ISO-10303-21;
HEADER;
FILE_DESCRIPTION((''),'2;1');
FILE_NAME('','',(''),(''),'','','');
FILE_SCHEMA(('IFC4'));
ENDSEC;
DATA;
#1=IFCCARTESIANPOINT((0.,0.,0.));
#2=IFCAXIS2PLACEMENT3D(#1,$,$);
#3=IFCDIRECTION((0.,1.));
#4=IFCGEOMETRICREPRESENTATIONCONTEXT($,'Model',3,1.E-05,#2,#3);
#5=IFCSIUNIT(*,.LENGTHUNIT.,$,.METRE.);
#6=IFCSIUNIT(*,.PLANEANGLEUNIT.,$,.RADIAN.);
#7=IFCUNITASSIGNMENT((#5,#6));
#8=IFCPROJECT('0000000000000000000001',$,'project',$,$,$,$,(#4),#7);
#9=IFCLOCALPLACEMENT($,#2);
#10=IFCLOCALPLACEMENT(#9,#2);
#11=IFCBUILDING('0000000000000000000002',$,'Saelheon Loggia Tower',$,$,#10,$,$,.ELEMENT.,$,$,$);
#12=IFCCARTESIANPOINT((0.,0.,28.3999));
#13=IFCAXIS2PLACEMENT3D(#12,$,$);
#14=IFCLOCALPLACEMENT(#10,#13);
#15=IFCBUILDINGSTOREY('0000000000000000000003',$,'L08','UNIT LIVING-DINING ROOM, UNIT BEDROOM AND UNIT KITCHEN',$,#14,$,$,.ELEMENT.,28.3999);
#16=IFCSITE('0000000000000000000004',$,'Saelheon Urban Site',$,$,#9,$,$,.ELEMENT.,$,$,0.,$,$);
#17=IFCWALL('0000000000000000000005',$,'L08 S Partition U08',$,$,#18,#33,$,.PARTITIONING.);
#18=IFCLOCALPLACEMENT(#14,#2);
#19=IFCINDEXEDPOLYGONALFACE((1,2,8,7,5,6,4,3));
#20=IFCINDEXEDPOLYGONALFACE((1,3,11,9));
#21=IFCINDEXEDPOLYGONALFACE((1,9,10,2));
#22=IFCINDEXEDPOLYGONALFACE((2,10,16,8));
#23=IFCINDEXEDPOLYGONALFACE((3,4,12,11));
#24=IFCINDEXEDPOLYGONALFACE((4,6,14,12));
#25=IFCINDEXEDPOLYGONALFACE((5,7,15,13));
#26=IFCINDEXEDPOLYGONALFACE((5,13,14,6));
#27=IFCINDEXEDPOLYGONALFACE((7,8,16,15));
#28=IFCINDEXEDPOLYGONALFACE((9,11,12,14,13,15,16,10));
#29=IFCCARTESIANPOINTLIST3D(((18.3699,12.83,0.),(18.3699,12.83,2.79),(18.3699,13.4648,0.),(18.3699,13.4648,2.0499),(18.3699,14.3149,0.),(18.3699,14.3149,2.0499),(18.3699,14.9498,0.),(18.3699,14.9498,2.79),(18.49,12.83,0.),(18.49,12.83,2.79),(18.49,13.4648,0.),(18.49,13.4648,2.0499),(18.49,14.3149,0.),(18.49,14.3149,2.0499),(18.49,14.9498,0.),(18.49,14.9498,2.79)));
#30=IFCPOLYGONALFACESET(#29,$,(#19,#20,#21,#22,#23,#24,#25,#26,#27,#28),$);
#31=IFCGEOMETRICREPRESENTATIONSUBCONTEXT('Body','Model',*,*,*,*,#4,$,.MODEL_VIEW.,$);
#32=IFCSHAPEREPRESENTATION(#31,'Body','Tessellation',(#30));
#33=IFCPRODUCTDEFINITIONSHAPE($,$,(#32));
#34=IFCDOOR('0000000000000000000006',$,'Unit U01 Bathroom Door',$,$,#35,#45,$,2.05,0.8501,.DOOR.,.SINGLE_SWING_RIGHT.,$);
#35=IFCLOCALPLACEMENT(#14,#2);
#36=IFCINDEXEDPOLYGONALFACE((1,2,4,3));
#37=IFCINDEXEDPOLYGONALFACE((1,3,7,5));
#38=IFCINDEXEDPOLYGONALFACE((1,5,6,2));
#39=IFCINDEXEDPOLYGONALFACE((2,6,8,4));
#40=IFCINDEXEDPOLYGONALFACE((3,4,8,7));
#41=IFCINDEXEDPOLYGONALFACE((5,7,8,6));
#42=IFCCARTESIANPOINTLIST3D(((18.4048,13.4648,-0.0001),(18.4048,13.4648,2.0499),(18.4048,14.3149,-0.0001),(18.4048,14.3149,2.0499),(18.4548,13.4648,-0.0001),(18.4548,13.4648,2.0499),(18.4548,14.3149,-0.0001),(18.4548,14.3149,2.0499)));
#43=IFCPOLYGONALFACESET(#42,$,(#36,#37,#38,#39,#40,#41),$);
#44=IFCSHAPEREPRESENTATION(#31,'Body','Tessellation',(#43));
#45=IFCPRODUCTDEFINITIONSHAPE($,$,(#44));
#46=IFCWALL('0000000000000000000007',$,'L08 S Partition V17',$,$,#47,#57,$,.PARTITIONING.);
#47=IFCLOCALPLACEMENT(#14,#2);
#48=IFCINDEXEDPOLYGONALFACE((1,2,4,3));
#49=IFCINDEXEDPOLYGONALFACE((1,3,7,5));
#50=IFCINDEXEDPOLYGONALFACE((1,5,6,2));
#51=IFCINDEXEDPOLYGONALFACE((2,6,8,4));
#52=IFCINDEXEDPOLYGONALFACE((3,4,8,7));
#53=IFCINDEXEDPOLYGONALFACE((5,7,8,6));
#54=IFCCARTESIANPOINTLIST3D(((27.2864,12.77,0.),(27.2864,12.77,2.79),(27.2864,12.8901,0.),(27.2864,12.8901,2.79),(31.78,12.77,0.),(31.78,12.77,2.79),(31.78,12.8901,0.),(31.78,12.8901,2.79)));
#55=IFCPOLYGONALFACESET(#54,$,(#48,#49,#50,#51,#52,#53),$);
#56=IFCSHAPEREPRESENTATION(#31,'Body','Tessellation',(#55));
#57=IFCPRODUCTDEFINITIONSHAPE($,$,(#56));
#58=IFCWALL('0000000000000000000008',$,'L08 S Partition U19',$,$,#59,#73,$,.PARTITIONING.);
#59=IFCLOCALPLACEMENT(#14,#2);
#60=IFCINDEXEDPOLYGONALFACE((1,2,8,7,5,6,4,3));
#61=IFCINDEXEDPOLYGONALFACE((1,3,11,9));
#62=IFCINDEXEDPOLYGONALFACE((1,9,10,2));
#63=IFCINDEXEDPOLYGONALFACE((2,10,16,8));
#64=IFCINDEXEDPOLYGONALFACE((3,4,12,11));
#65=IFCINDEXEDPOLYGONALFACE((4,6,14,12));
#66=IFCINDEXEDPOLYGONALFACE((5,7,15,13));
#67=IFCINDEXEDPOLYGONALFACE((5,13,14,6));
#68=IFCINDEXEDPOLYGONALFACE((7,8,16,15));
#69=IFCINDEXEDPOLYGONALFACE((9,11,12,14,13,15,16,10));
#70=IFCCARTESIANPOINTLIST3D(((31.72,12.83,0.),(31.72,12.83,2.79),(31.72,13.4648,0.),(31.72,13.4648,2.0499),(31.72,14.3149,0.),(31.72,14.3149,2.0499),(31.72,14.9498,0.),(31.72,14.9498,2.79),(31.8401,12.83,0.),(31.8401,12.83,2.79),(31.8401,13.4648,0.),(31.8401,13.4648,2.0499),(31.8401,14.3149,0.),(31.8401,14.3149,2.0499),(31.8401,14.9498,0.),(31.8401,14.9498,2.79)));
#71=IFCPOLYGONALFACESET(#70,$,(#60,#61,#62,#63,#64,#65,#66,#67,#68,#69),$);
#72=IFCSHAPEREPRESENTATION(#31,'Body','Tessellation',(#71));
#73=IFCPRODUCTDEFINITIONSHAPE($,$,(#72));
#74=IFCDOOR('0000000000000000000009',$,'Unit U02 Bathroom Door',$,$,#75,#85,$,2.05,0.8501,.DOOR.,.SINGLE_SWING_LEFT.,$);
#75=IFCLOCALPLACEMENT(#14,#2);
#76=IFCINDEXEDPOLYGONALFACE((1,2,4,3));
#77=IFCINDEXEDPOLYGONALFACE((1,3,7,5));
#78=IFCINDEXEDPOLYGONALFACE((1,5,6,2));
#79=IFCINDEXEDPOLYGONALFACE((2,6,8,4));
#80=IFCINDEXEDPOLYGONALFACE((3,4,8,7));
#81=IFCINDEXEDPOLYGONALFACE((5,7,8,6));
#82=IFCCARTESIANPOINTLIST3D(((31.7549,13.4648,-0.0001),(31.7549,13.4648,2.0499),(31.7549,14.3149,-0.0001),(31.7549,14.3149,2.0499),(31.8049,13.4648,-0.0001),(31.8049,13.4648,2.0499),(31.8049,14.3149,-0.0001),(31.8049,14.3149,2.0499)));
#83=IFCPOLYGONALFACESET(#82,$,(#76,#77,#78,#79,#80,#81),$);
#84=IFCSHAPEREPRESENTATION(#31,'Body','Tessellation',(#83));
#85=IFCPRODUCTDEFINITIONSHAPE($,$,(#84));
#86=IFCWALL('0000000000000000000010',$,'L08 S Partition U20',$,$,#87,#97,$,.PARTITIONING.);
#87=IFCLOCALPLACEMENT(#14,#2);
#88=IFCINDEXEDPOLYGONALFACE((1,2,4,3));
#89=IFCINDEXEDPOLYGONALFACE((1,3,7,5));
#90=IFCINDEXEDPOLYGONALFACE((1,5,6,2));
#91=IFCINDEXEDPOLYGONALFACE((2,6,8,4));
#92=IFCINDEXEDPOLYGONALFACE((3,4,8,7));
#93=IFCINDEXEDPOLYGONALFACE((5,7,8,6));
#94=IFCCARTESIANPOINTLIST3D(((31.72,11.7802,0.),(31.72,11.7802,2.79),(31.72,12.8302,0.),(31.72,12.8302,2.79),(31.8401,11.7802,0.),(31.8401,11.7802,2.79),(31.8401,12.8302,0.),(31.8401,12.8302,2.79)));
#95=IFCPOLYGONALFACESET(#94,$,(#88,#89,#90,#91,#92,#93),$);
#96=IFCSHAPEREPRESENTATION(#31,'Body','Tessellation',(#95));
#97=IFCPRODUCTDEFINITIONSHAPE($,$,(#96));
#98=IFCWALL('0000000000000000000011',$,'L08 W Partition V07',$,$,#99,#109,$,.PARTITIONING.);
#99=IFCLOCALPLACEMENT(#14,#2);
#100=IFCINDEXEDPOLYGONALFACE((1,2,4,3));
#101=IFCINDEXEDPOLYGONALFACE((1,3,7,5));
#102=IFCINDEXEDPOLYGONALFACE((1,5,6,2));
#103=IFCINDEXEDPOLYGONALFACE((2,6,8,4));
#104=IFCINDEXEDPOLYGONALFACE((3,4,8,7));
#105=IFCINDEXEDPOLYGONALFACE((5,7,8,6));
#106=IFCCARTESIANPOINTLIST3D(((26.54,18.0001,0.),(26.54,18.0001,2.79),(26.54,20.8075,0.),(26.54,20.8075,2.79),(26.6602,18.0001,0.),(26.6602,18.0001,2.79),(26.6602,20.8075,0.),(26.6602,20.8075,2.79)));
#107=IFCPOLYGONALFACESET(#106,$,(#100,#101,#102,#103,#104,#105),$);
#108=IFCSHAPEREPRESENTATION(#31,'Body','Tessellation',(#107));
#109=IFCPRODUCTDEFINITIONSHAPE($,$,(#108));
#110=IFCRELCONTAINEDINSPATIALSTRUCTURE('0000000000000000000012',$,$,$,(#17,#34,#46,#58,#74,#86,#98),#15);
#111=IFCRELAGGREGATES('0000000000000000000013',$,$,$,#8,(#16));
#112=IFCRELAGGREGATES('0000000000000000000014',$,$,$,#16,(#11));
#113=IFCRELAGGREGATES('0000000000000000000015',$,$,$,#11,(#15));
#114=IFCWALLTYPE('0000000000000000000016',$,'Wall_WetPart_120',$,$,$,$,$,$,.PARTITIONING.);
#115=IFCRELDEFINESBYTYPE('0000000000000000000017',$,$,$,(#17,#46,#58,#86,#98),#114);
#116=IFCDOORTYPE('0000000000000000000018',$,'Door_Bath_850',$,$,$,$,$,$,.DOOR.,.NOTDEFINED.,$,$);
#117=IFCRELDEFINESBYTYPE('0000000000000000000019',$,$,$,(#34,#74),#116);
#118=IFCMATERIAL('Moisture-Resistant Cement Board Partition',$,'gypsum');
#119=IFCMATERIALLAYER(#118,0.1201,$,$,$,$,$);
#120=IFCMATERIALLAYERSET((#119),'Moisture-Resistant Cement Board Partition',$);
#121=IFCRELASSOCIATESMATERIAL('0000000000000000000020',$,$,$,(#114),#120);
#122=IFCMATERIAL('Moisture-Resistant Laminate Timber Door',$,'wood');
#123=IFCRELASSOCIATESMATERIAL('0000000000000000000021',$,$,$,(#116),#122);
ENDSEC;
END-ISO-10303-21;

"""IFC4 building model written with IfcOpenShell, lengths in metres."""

from ifc_helpers import new_model, si_unit, direction, frame, frame_2d, origin, place, context, subcontext, project, spatial, rectangle, extrude, source, transform, mapped, material, layer, layer_set, type_object, element, fill, save


model = new_model("IFC4")

# Units and contexts
model_context = context("Model", 3, precision=1e-05, world=origin(), true_north=direction((0.0, 1.0)))
body_context = subcontext(model_context, "Body", "Model", "MODEL_VIEW")
ifc_project = project(units=[si_unit("LENGTHUNIT", "METRE"), si_unit("PLANEANGLEUNIT", "RADIAN")], contexts=[model_context])

# Site, building, storey
site_placement = place(None, origin())
site = spatial("IfcSite", under=ifc_project, at=site_placement, Name="Saelheon Urban Site", CompositionType="ELEMENT", RefElevation=0.0)
building_placement = place(site_placement, origin())
building = spatial("IfcBuilding", under=site, at=building_placement, Name="Saelheon Loggia Tower", CompositionType="ELEMENT")
storey_placement = place(building_placement, frame((0.0, 0.0, 28.3999)))
storey = spatial("IfcBuildingStorey", under=building, at=storey_placement, Name="L08", Description="UNIT LIVING-DINING ROOM, UNIT BEDROOM AND UNIT KITCHEN", CompositionType="ELEMENT", Elevation=28.3999)

# Wall, opening, door
ifc_material_1 = material(Name="Moisture-Resistant Cement Board Partition", Category="gypsum")
ifc_layer_1 = layer(ifc_material_1, 0.1201)
ifc_layer_set_1 = layer_set([ifc_layer_1], Name="Moisture-Resistant Cement Board Partition")
wall_type_1 = type_object("IfcWallType", Name="Wall_WetPart_120", PredefinedType="PARTITIONING", material=ifc_layer_set_1)
wall_1_placement = place(storey_placement, frame((18.4299, 14.95, 0.0), z_axis=(0.0, 0.0, 1.0), x_axis=(0.0, -1.0, 0.0)))
wall_1 = element("IfcWall", 1, at=wall_1_placement, inside=storey, type_object=wall_type_1, Name="L08 S Partition U08", PredefinedType="PARTITIONING", context=body_context, shape_type="SweptSolid", body=[
    extrude(rectangle(XDim=2.1199, YDim=0.1201, at=frame_2d((1.0601, 0.0))), origin(), (0.0, 0.0, 1.0), 2.79),
])
opening_1_placement = place(wall_1_placement, frame((0.635, 0.0, 0.0)))
opening_1 = element("IfcOpeningElement", 2, at=opening_1_placement, cuts=wall_1, PredefinedType="OPENING", context=body_context, shape_type="SweptSolid", body=[
    extrude(rectangle(XDim=0.8501, YDim=2.05, at=frame_2d((0.425, 1.0249))), frame((0.0, 0.072, 0.0), z_axis=(0.0, -1.0, 0.0), x_axis=(1.0, 0.0, 0.0)), (0.0, 0.0, 1.0), 0.144),
])
ifc_material_2 = material(Name="Moisture-Resistant Laminate Timber Door", Category="wood")
door_type_1 = type_object("IfcDoorType", Name="Door_Bath_850", OperationType="NOTDEFINED", PredefinedType="DOOR", material=ifc_material_2)
shared_shape_1 = source(origin(), body_context, "Body", "SweptSolid", [
    extrude(rectangle(XDim=0.8501, YDim=2.05, at=frame_2d((0.425, 1.0249))), frame((0.0, 0.0249, 0.0), z_axis=(0.0, -1.0, 0.0), x_axis=(1.0, 0.0, 0.0)), (0.0, 0.0, 1.0), 0.05),
])
door_1_placement = place(opening_1_placement, origin())
door_1 = element("IfcDoor", 3, at=door_1_placement, inside=storey, type_object=door_type_1, Name="Unit U01 Bathroom Door", OperationType="SINGLE_SWING_RIGHT", OverallHeight=2.05, OverallWidth=0.8501, PredefinedType="DOOR", context=body_context, shape_type="MappedRepresentation", body=[
    mapped(shared_shape_1, transform((0.0, 0.0, 0.0), scale=1.0)),
])
fill(opening_1, door_1)

# Wall
wall_2_placement = place(storey_placement, frame((27.2864, 12.8301, 0.0), z_axis=(0.0, 0.0, 1.0), x_axis=(1.0, 0.0, 0.0)))
element("IfcWall", 4, at=wall_2_placement, inside=storey, type_object=wall_type_1, Name="L08 S Partition V17", PredefinedType="PARTITIONING", context=body_context, shape_type="SweptSolid", body=[
    extrude(rectangle(XDim=4.4937, YDim=0.1201, at=frame_2d((2.2468, 0.0))), origin(), (0.0, 0.0, 1.0), 2.79),
])

# Wall, opening, door
wall_3_placement = place(storey_placement, frame((31.78, 14.95, 0.0), z_axis=(0.0, 0.0, 1.0), x_axis=(0.0, -1.0, 0.0)))
wall_3 = element("IfcWall", 5, at=wall_3_placement, inside=storey, type_object=wall_type_1, Name="L08 S Partition U19", PredefinedType="PARTITIONING", context=body_context, shape_type="SweptSolid", body=[
    extrude(rectangle(XDim=2.1199, YDim=0.1201, at=frame_2d((1.0601, 0.0))), origin(), (0.0, 0.0, 1.0), 2.79),
])
opening_2_placement = place(wall_3_placement, frame((0.635, 0.0, 0.0)))
opening_2 = element("IfcOpeningElement", 6, at=opening_2_placement, cuts=wall_3, PredefinedType="OPENING", context=body_context, shape_type="SweptSolid", body=[
    extrude(rectangle(XDim=0.8501, YDim=2.05, at=frame_2d((0.425, 1.0249))), frame((0.0, 0.072, 0.0), z_axis=(0.0, -1.0, 0.0), x_axis=(1.0, 0.0, 0.0)), (0.0, 0.0, 1.0), 0.144),
])
door_2_placement = place(opening_2_placement, origin())
door_2 = element("IfcDoor", 7, at=door_2_placement, inside=storey, type_object=door_type_1, Name="Unit U02 Bathroom Door", OperationType="SINGLE_SWING_LEFT", OverallHeight=2.05, OverallWidth=0.8501, PredefinedType="DOOR", context=body_context, shape_type="MappedRepresentation", body=[
    mapped(shared_shape_1, transform((0.0, 0.0, 0.0), scale=1.0)),
])
fill(opening_2, door_2)

# Walls
wall_4_placement = place(storey_placement, frame((31.78, 12.8301, 0.0), z_axis=(0.0, 0.0, 1.0), x_axis=(0.0, -1.0, 0.0)))
element("IfcWall", 8, at=wall_4_placement, inside=storey, type_object=wall_type_1, Name="L08 S Partition U20", PredefinedType="PARTITIONING", context=body_context, shape_type="SweptSolid", body=[
    extrude(rectangle(XDim=1.05, YDim=0.1201, at=frame_2d((0.5249, 0.0))), origin(), (0.0, 0.0, 1.0), 2.79),
])
wall_5_placement = place(storey_placement, frame((26.6001, 18.0, 0.0), z_axis=(0.0, 0.0, 1.0), x_axis=(0.0, 1.0, 0.0)))
element("IfcWall", 9, at=wall_5_placement, inside=storey, type_object=wall_type_1, Name="L08 W Partition V07", PredefinedType="PARTITIONING", context=body_context, shape_type="SweptSolid", body=[
    extrude(rectangle(XDim=2.8074, YDim=0.1201, at=frame_2d((1.4038, 0.0))), origin(), (0.0, 0.0, 1.0), 2.79),
])

save(model, "model.ifc")
